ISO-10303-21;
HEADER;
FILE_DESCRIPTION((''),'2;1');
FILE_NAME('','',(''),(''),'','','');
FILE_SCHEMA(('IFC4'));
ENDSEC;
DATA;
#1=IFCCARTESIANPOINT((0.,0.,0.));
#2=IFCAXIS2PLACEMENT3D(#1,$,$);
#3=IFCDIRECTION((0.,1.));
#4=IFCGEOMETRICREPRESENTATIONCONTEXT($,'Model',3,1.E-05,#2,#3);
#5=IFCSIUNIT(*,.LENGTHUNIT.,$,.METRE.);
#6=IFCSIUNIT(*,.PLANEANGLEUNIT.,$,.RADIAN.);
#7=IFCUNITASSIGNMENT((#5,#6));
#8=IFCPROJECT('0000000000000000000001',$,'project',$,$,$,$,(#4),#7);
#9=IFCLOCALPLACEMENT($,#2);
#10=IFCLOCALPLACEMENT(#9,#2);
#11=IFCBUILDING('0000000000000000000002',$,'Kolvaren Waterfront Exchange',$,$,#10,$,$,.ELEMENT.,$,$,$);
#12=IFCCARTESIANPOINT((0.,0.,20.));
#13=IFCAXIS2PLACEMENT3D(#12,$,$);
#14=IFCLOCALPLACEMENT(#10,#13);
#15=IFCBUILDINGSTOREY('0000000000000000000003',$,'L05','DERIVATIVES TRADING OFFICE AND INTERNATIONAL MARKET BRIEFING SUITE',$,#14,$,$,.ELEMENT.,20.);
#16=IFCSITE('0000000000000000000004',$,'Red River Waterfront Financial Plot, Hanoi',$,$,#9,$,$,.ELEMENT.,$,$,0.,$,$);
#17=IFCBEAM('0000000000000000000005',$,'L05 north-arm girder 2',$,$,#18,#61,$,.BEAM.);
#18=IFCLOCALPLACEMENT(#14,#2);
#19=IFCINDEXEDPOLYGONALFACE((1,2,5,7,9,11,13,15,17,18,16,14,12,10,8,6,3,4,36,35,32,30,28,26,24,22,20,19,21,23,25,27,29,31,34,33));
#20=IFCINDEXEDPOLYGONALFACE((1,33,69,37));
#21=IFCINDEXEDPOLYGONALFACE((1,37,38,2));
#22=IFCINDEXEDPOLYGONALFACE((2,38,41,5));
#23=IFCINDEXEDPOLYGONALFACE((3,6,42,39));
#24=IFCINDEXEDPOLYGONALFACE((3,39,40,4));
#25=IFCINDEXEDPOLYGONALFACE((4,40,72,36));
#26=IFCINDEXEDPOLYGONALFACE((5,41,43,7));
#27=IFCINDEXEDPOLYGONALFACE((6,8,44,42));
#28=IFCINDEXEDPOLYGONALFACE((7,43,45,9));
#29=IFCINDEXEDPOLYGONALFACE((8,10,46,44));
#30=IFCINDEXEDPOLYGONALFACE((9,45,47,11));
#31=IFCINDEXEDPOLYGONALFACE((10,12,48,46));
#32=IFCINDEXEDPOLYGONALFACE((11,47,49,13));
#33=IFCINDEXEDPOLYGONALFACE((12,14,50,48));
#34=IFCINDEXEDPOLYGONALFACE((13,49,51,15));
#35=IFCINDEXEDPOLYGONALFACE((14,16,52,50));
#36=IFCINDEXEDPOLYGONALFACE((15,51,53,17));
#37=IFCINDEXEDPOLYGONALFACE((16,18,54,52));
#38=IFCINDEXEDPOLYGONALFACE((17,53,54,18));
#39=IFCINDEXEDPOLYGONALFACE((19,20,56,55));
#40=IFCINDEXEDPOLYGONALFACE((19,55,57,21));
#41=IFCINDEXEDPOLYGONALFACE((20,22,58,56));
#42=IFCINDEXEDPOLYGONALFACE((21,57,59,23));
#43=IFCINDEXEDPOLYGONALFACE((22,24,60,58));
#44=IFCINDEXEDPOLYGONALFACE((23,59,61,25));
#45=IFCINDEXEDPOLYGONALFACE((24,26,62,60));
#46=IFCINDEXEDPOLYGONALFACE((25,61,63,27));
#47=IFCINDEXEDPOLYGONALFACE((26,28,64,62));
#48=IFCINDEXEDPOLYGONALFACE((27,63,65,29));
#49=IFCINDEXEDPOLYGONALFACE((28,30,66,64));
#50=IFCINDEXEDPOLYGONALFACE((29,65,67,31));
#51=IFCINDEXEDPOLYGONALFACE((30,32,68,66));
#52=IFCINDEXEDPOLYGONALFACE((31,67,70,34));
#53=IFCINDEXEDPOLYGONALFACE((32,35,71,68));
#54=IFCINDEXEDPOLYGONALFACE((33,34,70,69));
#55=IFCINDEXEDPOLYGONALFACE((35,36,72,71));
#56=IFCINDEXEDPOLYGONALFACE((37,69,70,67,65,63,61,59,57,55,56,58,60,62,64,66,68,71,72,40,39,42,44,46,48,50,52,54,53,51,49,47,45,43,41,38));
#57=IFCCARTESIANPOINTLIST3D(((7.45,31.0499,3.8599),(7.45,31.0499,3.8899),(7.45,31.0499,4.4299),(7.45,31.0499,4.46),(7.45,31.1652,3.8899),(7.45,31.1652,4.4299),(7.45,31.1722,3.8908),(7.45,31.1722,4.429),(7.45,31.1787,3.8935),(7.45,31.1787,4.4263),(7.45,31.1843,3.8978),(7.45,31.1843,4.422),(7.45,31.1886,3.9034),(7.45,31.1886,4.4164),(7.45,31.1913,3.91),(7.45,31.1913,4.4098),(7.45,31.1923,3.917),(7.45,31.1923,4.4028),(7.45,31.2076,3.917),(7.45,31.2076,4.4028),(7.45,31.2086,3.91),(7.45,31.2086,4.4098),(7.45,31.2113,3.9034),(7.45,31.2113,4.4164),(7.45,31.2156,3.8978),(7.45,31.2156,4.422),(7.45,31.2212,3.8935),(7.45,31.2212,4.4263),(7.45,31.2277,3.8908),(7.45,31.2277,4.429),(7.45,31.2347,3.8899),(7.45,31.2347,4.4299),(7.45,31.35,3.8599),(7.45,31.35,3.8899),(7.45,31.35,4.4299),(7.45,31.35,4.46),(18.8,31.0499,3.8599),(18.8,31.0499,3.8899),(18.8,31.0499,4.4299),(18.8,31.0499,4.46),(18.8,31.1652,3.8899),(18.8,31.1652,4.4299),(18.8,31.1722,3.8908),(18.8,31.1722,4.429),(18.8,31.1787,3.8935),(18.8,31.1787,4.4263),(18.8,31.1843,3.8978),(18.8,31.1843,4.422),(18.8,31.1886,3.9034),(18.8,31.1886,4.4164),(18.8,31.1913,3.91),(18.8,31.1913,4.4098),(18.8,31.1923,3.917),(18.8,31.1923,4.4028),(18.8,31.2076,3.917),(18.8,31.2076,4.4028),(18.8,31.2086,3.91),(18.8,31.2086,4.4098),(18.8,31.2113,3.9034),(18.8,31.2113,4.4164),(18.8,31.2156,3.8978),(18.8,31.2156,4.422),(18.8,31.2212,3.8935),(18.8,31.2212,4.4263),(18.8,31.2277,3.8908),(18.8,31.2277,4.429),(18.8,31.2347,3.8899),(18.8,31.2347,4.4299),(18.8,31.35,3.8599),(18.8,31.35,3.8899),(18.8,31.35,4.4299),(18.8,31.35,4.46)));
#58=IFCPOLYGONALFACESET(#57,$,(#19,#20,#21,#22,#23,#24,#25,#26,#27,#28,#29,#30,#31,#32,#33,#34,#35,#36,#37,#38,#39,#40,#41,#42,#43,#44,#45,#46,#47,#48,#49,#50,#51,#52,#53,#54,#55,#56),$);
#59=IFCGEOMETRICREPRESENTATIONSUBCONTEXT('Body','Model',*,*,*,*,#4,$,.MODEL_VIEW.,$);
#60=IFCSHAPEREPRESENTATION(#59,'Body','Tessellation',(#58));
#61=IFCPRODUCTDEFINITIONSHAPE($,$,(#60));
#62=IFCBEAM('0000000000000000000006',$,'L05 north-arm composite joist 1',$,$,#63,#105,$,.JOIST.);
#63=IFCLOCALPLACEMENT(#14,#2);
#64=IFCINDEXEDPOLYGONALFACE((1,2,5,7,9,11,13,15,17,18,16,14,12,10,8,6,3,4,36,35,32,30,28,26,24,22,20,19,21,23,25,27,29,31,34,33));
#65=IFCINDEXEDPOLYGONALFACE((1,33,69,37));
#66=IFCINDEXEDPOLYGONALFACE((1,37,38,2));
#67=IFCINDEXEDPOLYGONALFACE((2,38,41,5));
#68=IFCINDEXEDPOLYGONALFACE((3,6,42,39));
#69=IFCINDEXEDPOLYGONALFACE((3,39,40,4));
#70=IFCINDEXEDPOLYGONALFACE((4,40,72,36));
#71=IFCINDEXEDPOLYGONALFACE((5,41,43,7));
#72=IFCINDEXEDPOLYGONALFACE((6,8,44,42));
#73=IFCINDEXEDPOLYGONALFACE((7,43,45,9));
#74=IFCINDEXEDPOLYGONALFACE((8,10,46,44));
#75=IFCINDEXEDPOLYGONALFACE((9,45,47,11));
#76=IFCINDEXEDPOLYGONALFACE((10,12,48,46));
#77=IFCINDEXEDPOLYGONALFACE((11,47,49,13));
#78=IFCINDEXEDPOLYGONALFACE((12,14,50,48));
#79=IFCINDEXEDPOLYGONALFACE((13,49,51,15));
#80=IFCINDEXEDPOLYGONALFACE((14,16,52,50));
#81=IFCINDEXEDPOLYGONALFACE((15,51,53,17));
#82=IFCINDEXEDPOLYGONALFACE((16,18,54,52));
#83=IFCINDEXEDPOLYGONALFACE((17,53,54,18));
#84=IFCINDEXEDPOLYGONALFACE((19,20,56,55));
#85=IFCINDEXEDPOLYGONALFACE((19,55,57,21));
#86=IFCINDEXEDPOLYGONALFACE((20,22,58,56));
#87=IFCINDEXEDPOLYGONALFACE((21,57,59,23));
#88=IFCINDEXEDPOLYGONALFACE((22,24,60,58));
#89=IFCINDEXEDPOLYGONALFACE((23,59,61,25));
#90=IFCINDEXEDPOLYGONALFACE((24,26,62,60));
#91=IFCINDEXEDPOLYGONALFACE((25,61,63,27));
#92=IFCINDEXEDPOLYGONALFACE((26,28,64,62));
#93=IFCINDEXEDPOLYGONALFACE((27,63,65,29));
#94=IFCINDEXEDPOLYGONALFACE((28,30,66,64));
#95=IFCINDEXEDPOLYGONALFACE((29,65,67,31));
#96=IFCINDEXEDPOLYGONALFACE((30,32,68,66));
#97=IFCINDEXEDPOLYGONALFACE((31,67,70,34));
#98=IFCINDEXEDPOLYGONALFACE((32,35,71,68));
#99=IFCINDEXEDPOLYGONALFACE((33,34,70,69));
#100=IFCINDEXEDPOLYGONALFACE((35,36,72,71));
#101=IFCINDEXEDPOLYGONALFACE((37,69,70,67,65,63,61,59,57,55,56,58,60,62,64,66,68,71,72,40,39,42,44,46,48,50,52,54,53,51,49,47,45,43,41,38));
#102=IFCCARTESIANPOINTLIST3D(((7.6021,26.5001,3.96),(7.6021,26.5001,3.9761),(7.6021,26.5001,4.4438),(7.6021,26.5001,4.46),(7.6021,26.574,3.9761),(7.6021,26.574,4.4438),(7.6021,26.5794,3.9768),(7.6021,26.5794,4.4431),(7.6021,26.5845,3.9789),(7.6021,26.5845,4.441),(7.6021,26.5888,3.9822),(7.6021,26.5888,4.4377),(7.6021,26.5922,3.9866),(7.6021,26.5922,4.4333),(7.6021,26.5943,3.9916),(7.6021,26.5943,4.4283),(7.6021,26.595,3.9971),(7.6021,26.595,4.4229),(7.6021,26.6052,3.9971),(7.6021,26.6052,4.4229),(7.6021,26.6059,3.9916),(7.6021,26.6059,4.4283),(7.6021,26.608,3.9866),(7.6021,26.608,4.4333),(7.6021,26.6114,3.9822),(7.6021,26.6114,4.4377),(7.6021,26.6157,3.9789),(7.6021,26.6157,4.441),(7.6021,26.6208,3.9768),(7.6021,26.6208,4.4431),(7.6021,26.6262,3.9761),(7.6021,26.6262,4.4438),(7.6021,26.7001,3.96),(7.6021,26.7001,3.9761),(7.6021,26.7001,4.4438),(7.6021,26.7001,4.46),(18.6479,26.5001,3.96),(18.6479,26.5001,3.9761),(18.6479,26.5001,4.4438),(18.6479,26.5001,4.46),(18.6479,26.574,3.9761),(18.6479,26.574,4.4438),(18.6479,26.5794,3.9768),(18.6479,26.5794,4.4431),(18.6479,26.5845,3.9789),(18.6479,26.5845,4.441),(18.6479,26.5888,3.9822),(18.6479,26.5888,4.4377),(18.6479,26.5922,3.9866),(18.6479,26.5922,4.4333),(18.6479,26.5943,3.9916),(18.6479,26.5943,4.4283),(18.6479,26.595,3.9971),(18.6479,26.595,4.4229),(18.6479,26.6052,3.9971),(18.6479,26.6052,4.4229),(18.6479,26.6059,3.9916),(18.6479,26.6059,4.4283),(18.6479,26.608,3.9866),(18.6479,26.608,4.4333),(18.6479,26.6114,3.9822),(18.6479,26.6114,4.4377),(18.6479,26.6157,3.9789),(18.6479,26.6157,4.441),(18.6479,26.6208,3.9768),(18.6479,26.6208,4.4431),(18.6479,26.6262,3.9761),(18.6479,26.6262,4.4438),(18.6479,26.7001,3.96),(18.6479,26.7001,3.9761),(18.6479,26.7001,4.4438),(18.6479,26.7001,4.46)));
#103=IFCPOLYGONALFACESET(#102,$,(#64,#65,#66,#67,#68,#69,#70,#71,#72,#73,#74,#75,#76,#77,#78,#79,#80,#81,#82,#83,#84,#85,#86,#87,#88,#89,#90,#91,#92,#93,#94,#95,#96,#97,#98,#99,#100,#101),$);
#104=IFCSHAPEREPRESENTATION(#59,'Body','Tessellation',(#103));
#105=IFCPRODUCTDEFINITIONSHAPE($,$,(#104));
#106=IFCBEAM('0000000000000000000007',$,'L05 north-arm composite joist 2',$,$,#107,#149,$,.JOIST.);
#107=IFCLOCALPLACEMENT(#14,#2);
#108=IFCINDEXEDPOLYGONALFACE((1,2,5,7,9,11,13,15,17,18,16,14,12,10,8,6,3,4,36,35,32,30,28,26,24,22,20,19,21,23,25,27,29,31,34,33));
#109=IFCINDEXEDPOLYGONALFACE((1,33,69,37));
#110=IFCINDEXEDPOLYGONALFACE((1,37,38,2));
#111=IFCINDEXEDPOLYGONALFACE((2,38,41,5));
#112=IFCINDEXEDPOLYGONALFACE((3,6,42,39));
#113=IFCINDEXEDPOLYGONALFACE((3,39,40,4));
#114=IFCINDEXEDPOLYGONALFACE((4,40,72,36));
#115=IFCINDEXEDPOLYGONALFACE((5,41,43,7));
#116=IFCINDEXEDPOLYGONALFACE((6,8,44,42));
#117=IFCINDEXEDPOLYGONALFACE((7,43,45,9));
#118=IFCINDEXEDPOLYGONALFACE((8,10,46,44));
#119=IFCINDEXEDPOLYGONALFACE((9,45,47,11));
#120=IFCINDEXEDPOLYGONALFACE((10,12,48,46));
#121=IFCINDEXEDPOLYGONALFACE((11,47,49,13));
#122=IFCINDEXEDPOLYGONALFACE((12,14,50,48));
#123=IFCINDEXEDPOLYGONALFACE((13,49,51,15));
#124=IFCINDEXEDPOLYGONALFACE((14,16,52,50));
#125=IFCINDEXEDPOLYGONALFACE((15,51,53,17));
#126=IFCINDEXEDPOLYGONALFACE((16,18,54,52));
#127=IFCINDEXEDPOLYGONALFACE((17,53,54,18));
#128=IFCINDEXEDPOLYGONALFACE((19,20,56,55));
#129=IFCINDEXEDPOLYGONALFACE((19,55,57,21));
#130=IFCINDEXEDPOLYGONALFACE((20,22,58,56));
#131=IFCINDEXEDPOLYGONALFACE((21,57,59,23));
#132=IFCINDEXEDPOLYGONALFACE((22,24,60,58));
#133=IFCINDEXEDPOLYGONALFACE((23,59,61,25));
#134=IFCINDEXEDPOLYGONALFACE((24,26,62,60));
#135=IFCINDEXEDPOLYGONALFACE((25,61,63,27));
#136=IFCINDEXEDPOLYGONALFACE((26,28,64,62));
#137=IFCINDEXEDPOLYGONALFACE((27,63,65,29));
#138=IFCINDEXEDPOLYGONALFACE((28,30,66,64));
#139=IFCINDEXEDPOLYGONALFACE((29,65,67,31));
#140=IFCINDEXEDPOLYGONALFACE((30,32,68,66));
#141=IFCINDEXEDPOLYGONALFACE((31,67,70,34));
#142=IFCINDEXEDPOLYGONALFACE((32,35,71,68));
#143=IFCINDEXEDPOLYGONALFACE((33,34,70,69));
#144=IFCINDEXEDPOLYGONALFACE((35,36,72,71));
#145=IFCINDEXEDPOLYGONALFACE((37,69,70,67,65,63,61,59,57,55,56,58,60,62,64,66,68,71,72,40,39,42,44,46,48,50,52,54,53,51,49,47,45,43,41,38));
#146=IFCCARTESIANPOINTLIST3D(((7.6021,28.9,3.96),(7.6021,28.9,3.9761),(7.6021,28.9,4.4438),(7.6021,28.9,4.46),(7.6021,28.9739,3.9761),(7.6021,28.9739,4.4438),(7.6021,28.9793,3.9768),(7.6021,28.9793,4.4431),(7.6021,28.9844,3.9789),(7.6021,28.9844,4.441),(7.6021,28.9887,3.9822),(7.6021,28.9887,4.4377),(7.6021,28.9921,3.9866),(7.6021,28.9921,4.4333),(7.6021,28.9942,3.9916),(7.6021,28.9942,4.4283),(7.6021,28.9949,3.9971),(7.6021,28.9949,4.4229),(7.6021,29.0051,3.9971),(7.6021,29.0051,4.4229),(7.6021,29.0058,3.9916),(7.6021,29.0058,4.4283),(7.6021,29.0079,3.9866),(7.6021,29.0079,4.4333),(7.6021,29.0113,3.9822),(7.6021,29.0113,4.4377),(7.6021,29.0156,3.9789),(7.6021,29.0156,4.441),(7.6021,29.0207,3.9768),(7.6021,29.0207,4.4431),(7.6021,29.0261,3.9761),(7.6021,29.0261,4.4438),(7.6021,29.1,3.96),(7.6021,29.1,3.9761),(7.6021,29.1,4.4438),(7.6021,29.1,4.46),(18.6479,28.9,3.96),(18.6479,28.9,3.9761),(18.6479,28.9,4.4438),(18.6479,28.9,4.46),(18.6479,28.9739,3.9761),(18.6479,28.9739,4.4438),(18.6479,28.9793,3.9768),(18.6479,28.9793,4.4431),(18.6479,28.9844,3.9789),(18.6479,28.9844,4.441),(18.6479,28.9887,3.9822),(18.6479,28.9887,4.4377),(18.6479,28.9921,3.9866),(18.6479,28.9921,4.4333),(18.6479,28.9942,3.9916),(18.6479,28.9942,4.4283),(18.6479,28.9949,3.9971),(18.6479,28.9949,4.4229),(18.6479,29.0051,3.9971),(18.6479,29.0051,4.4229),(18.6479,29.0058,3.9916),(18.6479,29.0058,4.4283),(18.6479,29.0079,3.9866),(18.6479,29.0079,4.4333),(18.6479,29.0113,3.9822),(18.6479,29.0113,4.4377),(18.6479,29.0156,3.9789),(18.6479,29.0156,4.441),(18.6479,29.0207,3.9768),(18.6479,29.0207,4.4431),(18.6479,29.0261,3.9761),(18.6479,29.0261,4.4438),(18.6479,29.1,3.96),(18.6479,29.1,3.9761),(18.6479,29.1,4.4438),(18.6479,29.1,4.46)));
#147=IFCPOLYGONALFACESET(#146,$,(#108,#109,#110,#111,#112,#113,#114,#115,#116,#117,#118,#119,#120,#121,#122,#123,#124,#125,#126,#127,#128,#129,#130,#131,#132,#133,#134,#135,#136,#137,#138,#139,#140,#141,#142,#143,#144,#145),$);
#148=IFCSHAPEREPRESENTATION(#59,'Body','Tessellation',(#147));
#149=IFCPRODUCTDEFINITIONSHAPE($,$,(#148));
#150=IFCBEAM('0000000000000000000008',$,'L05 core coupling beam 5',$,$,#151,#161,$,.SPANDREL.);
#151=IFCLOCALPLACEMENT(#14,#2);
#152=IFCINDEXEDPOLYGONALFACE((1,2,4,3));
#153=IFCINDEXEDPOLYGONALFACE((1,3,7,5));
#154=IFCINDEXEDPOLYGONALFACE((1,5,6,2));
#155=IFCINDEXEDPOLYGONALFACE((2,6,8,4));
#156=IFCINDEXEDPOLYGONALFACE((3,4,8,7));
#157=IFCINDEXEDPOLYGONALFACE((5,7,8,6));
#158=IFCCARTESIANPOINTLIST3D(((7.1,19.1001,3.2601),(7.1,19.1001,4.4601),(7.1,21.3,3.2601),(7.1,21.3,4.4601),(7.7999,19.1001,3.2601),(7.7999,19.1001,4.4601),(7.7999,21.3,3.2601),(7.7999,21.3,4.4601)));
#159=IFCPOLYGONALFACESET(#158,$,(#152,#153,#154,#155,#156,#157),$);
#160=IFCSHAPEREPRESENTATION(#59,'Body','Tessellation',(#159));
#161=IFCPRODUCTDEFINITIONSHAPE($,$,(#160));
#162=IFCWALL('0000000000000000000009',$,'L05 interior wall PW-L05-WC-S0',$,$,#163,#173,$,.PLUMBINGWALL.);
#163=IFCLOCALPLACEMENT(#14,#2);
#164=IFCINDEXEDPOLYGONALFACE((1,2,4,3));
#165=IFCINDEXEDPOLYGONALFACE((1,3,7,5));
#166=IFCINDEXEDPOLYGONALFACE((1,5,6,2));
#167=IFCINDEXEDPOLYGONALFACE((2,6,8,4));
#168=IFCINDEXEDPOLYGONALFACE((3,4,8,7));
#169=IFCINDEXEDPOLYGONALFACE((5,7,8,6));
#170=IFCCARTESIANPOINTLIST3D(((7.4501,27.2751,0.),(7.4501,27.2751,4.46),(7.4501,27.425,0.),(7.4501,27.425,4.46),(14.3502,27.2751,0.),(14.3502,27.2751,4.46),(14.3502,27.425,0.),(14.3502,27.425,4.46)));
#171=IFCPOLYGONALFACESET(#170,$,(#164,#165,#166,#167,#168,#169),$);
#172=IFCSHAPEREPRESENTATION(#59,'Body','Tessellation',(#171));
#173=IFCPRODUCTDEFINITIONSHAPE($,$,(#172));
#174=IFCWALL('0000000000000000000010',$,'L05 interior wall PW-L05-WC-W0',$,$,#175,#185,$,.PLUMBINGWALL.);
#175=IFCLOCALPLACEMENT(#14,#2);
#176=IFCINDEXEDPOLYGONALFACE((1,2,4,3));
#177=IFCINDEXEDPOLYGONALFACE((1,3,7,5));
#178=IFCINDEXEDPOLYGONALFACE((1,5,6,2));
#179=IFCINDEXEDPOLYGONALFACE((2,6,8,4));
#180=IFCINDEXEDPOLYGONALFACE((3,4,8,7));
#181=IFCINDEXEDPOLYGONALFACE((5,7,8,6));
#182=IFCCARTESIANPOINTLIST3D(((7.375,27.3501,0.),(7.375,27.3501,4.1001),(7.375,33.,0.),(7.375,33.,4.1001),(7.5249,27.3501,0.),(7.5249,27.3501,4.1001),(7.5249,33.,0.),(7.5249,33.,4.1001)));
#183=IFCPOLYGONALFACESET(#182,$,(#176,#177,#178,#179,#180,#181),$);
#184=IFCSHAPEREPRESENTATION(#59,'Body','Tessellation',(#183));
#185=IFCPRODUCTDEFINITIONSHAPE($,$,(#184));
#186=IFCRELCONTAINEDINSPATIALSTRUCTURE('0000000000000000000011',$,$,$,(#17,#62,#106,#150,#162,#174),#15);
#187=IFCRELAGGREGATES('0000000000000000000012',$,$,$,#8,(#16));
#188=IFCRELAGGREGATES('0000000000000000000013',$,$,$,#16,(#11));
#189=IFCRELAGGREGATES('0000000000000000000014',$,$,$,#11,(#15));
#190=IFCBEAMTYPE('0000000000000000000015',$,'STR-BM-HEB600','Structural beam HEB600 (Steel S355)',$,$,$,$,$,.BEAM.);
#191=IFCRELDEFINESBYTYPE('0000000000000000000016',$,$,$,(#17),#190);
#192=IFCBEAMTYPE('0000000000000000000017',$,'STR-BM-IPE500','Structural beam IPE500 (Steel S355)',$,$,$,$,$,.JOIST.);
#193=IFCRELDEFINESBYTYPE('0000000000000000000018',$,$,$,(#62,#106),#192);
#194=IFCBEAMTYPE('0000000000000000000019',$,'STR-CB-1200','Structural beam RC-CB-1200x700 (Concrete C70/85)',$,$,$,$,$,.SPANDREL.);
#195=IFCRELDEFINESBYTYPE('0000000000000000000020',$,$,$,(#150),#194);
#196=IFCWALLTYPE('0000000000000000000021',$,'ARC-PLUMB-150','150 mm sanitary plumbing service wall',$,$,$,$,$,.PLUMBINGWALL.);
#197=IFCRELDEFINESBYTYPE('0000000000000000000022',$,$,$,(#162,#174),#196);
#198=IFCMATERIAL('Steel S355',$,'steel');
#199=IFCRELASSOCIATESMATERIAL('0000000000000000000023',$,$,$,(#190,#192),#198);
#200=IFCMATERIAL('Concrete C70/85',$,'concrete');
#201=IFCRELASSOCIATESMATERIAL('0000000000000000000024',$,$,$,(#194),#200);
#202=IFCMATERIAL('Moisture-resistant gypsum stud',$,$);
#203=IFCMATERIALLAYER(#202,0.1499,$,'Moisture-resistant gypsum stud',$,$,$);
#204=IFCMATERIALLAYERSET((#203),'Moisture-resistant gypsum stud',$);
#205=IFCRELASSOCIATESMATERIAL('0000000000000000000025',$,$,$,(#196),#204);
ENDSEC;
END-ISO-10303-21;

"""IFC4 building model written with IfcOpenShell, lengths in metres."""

from ifc_helpers import new_model, si_unit, direction, frame, frame_2d, origin, origin_2d, place, context, subcontext, project, spatial, rectangle, i_section, extrude, material, layer, layer_set, material_profile, profile_set, type_object, element, save


model = new_model("IFC4")

# Units and contexts
model_context = context("Model", 3, precision=1e-05, world=origin(), true_north=direction((0.0, 1.0)))
body_context = subcontext(model_context, "Body", "Model", "MODEL_VIEW")
ifc_project = project(units=[si_unit("LENGTHUNIT", "METRE"), si_unit("PLANEANGLEUNIT", "RADIAN")], contexts=[model_context])

# Site, building, storey
site_placement = place(None, origin())
site = spatial("IfcSite", under=ifc_project, at=site_placement, Name="Red River Waterfront Financial Plot, Hanoi", CompositionType="ELEMENT", RefElevation=0.0)
building_placement = place(site_placement, origin())
building = spatial("IfcBuilding", under=site, at=building_placement, Name="Kolvaren Waterfront Exchange", CompositionType="ELEMENT")
storey_placement = place(building_placement, frame((0.0, 0.0, 20.0)))
storey = spatial("IfcBuildingStorey", under=building, at=storey_placement, Name="L05", Description="DERIVATIVES TRADING OFFICE AND INTERNATIONAL MARKET BRIEFING SUITE", CompositionType="ELEMENT", Elevation=20.0)

# Shared definitions
ifc_material_1 = material(Name="Concrete C70/85", Category="concrete")

# Beams
ifc_material_2 = material(Name="Steel S355", Category="steel")
ifc_material_profile_1 = material_profile(ifc_material_2, i_section(OverallWidth=0.3, OverallDepth=0.6001, WebThickness=0.0154, FlangeThickness=0.03, FilletRadius=0.0271, at=origin_2d()), Name="HEB600")
ifc_profile_set_1 = profile_set([ifc_material_profile_1], Name="Steel S355")
beam_type_1 = type_object("IfcBeamType", Name="STR-BM-HEB600", Description="Structural beam HEB600 (Steel S355)", PredefinedType="BEAM", material=ifc_profile_set_1)
beam_1_placement = place(storey_placement, frame((7.45, 31.2, 4.1599), z_axis=(1.0, 0.0, 0.0), x_axis=(0.0, 1.0, 0.0)))
element("IfcBeam", 1, at=beam_1_placement, inside=storey, type_object=beam_type_1, Name="L05 north-arm girder 2", PredefinedType="BEAM", context=body_context, shape_type="SweptSolid", body=[
    extrude(i_section(OverallWidth=0.3, OverallDepth=0.6001, WebThickness=0.0154, FlangeThickness=0.03, FilletRadius=0.0271, at=origin_2d()), origin(), (0.0, 0.0, 1.0), 11.3501),
])
ifc_material_profile_2 = material_profile(ifc_material_2, i_section(OverallWidth=0.2, OverallDepth=0.5, WebThickness=0.0103, FlangeThickness=0.0161, FilletRadius=0.021, at=origin_2d()), Name="IPE500")
ifc_profile_set_2 = profile_set([ifc_material_profile_2], Name="Steel S355")
beam_type_2 = type_object("IfcBeamType", Name="STR-BM-IPE500", Description="Structural beam IPE500 (Steel S355)", PredefinedType="JOIST", material=ifc_profile_set_2)
for number, where, z_axis, x_axis, name in (
    (2, (7.6021, 26.6001, 4.21), (1.0, 0.0, 0.0), (0.0, 1.0, 0.0), "L05 north-arm composite joist 1"),
    (3, (7.6021, 29.0, 4.21), (1.0, 0.0, 0.0), (0.0, 1.0, 0.0), "L05 north-arm composite joist 2"),
):
    element("IfcBeam", number, at=place(storey_placement, frame(where, z_axis=z_axis, x_axis=x_axis)), inside=storey, type_object=beam_type_2, Name=name, PredefinedType="JOIST", context=body_context, shape_type="SweptSolid", body=[
        extrude(i_section(OverallWidth=0.2, OverallDepth=0.5, WebThickness=0.0103, FlangeThickness=0.0161, FilletRadius=0.021, at=origin_2d()), origin(), (0.0, 0.0, 1.0), 11.0459),
    ])
ifc_material_profile_3 = material_profile(ifc_material_1, rectangle(XDim=0.7, YDim=1.2, at=origin_2d()), Name="RC-CB-1200x700")
ifc_profile_set_3 = profile_set([ifc_material_profile_3], Name="Concrete C70/85")
beam_type_3 = type_object("IfcBeamType", Name="STR-CB-1200", Description="Structural beam RC-CB-1200x700 (Concrete C70/85)", PredefinedType="SPANDREL", material=ifc_profile_set_3)
beam_2_placement = place(storey_placement, frame((7.45, 19.1001, 3.8601), z_axis=(0.0, 1.0, 0.0), x_axis=(-1.0, 0.0, 0.0)))
element("IfcBeam", 4, at=beam_2_placement, inside=storey, type_object=beam_type_3, Name="L05 core coupling beam 5", PredefinedType="SPANDREL", context=body_context, shape_type="SweptSolid", body=[
    extrude(rectangle(XDim=0.7, YDim=1.2, at=origin_2d()), origin(), (0.0, 0.0, 1.0), 2.2),
])

# Walls
ifc_material_3 = material(Name="Moisture-resistant gypsum stud")
ifc_layer_1 = layer(ifc_material_3, 0.1499, Name="Moisture-resistant gypsum stud")
ifc_layer_set_1 = layer_set([ifc_layer_1], Name="Moisture-resistant gypsum stud")
wall_type_1 = type_object("IfcWallType", Name="ARC-PLUMB-150", Description="150 mm sanitary plumbing service wall", PredefinedType="PLUMBINGWALL", material=ifc_layer_set_1)
wall_1_placement = place(storey_placement, frame((7.45, 27.3501, 0.0), z_axis=(0.0, 0.0, 1.0), x_axis=(1.0, 0.0, 0.0)))
element("IfcWall", 5, at=wall_1_placement, inside=storey, type_object=wall_type_1, Name="L05 interior wall PW-L05-WC-S0", PredefinedType="PLUMBINGWALL", context=body_context, shape_type="SweptSolid", body=[
    extrude(rectangle(XDim=6.9001, YDim=0.1499, at=frame_2d((3.4502, 0.0))), origin(), (0.0, 0.0, 1.0), 4.46),
])
wall_2_placement = place(storey_placement, frame((7.45, 27.3501, 0.0), z_axis=(0.0, 0.0, 1.0), x_axis=(0.0, 1.0, 0.0)))
element("IfcWall", 6, at=wall_2_placement, inside=storey, type_object=wall_type_1, Name="L05 interior wall PW-L05-WC-W0", PredefinedType="PLUMBINGWALL", context=body_context, shape_type="SweptSolid", body=[
    extrude(rectangle(XDim=5.6499, YDim=0.1499, at=frame_2d((2.825, 0.0))), origin(), (0.0, 0.0, 1.0), 4.1001),
])

save(model, "model.ifc")
